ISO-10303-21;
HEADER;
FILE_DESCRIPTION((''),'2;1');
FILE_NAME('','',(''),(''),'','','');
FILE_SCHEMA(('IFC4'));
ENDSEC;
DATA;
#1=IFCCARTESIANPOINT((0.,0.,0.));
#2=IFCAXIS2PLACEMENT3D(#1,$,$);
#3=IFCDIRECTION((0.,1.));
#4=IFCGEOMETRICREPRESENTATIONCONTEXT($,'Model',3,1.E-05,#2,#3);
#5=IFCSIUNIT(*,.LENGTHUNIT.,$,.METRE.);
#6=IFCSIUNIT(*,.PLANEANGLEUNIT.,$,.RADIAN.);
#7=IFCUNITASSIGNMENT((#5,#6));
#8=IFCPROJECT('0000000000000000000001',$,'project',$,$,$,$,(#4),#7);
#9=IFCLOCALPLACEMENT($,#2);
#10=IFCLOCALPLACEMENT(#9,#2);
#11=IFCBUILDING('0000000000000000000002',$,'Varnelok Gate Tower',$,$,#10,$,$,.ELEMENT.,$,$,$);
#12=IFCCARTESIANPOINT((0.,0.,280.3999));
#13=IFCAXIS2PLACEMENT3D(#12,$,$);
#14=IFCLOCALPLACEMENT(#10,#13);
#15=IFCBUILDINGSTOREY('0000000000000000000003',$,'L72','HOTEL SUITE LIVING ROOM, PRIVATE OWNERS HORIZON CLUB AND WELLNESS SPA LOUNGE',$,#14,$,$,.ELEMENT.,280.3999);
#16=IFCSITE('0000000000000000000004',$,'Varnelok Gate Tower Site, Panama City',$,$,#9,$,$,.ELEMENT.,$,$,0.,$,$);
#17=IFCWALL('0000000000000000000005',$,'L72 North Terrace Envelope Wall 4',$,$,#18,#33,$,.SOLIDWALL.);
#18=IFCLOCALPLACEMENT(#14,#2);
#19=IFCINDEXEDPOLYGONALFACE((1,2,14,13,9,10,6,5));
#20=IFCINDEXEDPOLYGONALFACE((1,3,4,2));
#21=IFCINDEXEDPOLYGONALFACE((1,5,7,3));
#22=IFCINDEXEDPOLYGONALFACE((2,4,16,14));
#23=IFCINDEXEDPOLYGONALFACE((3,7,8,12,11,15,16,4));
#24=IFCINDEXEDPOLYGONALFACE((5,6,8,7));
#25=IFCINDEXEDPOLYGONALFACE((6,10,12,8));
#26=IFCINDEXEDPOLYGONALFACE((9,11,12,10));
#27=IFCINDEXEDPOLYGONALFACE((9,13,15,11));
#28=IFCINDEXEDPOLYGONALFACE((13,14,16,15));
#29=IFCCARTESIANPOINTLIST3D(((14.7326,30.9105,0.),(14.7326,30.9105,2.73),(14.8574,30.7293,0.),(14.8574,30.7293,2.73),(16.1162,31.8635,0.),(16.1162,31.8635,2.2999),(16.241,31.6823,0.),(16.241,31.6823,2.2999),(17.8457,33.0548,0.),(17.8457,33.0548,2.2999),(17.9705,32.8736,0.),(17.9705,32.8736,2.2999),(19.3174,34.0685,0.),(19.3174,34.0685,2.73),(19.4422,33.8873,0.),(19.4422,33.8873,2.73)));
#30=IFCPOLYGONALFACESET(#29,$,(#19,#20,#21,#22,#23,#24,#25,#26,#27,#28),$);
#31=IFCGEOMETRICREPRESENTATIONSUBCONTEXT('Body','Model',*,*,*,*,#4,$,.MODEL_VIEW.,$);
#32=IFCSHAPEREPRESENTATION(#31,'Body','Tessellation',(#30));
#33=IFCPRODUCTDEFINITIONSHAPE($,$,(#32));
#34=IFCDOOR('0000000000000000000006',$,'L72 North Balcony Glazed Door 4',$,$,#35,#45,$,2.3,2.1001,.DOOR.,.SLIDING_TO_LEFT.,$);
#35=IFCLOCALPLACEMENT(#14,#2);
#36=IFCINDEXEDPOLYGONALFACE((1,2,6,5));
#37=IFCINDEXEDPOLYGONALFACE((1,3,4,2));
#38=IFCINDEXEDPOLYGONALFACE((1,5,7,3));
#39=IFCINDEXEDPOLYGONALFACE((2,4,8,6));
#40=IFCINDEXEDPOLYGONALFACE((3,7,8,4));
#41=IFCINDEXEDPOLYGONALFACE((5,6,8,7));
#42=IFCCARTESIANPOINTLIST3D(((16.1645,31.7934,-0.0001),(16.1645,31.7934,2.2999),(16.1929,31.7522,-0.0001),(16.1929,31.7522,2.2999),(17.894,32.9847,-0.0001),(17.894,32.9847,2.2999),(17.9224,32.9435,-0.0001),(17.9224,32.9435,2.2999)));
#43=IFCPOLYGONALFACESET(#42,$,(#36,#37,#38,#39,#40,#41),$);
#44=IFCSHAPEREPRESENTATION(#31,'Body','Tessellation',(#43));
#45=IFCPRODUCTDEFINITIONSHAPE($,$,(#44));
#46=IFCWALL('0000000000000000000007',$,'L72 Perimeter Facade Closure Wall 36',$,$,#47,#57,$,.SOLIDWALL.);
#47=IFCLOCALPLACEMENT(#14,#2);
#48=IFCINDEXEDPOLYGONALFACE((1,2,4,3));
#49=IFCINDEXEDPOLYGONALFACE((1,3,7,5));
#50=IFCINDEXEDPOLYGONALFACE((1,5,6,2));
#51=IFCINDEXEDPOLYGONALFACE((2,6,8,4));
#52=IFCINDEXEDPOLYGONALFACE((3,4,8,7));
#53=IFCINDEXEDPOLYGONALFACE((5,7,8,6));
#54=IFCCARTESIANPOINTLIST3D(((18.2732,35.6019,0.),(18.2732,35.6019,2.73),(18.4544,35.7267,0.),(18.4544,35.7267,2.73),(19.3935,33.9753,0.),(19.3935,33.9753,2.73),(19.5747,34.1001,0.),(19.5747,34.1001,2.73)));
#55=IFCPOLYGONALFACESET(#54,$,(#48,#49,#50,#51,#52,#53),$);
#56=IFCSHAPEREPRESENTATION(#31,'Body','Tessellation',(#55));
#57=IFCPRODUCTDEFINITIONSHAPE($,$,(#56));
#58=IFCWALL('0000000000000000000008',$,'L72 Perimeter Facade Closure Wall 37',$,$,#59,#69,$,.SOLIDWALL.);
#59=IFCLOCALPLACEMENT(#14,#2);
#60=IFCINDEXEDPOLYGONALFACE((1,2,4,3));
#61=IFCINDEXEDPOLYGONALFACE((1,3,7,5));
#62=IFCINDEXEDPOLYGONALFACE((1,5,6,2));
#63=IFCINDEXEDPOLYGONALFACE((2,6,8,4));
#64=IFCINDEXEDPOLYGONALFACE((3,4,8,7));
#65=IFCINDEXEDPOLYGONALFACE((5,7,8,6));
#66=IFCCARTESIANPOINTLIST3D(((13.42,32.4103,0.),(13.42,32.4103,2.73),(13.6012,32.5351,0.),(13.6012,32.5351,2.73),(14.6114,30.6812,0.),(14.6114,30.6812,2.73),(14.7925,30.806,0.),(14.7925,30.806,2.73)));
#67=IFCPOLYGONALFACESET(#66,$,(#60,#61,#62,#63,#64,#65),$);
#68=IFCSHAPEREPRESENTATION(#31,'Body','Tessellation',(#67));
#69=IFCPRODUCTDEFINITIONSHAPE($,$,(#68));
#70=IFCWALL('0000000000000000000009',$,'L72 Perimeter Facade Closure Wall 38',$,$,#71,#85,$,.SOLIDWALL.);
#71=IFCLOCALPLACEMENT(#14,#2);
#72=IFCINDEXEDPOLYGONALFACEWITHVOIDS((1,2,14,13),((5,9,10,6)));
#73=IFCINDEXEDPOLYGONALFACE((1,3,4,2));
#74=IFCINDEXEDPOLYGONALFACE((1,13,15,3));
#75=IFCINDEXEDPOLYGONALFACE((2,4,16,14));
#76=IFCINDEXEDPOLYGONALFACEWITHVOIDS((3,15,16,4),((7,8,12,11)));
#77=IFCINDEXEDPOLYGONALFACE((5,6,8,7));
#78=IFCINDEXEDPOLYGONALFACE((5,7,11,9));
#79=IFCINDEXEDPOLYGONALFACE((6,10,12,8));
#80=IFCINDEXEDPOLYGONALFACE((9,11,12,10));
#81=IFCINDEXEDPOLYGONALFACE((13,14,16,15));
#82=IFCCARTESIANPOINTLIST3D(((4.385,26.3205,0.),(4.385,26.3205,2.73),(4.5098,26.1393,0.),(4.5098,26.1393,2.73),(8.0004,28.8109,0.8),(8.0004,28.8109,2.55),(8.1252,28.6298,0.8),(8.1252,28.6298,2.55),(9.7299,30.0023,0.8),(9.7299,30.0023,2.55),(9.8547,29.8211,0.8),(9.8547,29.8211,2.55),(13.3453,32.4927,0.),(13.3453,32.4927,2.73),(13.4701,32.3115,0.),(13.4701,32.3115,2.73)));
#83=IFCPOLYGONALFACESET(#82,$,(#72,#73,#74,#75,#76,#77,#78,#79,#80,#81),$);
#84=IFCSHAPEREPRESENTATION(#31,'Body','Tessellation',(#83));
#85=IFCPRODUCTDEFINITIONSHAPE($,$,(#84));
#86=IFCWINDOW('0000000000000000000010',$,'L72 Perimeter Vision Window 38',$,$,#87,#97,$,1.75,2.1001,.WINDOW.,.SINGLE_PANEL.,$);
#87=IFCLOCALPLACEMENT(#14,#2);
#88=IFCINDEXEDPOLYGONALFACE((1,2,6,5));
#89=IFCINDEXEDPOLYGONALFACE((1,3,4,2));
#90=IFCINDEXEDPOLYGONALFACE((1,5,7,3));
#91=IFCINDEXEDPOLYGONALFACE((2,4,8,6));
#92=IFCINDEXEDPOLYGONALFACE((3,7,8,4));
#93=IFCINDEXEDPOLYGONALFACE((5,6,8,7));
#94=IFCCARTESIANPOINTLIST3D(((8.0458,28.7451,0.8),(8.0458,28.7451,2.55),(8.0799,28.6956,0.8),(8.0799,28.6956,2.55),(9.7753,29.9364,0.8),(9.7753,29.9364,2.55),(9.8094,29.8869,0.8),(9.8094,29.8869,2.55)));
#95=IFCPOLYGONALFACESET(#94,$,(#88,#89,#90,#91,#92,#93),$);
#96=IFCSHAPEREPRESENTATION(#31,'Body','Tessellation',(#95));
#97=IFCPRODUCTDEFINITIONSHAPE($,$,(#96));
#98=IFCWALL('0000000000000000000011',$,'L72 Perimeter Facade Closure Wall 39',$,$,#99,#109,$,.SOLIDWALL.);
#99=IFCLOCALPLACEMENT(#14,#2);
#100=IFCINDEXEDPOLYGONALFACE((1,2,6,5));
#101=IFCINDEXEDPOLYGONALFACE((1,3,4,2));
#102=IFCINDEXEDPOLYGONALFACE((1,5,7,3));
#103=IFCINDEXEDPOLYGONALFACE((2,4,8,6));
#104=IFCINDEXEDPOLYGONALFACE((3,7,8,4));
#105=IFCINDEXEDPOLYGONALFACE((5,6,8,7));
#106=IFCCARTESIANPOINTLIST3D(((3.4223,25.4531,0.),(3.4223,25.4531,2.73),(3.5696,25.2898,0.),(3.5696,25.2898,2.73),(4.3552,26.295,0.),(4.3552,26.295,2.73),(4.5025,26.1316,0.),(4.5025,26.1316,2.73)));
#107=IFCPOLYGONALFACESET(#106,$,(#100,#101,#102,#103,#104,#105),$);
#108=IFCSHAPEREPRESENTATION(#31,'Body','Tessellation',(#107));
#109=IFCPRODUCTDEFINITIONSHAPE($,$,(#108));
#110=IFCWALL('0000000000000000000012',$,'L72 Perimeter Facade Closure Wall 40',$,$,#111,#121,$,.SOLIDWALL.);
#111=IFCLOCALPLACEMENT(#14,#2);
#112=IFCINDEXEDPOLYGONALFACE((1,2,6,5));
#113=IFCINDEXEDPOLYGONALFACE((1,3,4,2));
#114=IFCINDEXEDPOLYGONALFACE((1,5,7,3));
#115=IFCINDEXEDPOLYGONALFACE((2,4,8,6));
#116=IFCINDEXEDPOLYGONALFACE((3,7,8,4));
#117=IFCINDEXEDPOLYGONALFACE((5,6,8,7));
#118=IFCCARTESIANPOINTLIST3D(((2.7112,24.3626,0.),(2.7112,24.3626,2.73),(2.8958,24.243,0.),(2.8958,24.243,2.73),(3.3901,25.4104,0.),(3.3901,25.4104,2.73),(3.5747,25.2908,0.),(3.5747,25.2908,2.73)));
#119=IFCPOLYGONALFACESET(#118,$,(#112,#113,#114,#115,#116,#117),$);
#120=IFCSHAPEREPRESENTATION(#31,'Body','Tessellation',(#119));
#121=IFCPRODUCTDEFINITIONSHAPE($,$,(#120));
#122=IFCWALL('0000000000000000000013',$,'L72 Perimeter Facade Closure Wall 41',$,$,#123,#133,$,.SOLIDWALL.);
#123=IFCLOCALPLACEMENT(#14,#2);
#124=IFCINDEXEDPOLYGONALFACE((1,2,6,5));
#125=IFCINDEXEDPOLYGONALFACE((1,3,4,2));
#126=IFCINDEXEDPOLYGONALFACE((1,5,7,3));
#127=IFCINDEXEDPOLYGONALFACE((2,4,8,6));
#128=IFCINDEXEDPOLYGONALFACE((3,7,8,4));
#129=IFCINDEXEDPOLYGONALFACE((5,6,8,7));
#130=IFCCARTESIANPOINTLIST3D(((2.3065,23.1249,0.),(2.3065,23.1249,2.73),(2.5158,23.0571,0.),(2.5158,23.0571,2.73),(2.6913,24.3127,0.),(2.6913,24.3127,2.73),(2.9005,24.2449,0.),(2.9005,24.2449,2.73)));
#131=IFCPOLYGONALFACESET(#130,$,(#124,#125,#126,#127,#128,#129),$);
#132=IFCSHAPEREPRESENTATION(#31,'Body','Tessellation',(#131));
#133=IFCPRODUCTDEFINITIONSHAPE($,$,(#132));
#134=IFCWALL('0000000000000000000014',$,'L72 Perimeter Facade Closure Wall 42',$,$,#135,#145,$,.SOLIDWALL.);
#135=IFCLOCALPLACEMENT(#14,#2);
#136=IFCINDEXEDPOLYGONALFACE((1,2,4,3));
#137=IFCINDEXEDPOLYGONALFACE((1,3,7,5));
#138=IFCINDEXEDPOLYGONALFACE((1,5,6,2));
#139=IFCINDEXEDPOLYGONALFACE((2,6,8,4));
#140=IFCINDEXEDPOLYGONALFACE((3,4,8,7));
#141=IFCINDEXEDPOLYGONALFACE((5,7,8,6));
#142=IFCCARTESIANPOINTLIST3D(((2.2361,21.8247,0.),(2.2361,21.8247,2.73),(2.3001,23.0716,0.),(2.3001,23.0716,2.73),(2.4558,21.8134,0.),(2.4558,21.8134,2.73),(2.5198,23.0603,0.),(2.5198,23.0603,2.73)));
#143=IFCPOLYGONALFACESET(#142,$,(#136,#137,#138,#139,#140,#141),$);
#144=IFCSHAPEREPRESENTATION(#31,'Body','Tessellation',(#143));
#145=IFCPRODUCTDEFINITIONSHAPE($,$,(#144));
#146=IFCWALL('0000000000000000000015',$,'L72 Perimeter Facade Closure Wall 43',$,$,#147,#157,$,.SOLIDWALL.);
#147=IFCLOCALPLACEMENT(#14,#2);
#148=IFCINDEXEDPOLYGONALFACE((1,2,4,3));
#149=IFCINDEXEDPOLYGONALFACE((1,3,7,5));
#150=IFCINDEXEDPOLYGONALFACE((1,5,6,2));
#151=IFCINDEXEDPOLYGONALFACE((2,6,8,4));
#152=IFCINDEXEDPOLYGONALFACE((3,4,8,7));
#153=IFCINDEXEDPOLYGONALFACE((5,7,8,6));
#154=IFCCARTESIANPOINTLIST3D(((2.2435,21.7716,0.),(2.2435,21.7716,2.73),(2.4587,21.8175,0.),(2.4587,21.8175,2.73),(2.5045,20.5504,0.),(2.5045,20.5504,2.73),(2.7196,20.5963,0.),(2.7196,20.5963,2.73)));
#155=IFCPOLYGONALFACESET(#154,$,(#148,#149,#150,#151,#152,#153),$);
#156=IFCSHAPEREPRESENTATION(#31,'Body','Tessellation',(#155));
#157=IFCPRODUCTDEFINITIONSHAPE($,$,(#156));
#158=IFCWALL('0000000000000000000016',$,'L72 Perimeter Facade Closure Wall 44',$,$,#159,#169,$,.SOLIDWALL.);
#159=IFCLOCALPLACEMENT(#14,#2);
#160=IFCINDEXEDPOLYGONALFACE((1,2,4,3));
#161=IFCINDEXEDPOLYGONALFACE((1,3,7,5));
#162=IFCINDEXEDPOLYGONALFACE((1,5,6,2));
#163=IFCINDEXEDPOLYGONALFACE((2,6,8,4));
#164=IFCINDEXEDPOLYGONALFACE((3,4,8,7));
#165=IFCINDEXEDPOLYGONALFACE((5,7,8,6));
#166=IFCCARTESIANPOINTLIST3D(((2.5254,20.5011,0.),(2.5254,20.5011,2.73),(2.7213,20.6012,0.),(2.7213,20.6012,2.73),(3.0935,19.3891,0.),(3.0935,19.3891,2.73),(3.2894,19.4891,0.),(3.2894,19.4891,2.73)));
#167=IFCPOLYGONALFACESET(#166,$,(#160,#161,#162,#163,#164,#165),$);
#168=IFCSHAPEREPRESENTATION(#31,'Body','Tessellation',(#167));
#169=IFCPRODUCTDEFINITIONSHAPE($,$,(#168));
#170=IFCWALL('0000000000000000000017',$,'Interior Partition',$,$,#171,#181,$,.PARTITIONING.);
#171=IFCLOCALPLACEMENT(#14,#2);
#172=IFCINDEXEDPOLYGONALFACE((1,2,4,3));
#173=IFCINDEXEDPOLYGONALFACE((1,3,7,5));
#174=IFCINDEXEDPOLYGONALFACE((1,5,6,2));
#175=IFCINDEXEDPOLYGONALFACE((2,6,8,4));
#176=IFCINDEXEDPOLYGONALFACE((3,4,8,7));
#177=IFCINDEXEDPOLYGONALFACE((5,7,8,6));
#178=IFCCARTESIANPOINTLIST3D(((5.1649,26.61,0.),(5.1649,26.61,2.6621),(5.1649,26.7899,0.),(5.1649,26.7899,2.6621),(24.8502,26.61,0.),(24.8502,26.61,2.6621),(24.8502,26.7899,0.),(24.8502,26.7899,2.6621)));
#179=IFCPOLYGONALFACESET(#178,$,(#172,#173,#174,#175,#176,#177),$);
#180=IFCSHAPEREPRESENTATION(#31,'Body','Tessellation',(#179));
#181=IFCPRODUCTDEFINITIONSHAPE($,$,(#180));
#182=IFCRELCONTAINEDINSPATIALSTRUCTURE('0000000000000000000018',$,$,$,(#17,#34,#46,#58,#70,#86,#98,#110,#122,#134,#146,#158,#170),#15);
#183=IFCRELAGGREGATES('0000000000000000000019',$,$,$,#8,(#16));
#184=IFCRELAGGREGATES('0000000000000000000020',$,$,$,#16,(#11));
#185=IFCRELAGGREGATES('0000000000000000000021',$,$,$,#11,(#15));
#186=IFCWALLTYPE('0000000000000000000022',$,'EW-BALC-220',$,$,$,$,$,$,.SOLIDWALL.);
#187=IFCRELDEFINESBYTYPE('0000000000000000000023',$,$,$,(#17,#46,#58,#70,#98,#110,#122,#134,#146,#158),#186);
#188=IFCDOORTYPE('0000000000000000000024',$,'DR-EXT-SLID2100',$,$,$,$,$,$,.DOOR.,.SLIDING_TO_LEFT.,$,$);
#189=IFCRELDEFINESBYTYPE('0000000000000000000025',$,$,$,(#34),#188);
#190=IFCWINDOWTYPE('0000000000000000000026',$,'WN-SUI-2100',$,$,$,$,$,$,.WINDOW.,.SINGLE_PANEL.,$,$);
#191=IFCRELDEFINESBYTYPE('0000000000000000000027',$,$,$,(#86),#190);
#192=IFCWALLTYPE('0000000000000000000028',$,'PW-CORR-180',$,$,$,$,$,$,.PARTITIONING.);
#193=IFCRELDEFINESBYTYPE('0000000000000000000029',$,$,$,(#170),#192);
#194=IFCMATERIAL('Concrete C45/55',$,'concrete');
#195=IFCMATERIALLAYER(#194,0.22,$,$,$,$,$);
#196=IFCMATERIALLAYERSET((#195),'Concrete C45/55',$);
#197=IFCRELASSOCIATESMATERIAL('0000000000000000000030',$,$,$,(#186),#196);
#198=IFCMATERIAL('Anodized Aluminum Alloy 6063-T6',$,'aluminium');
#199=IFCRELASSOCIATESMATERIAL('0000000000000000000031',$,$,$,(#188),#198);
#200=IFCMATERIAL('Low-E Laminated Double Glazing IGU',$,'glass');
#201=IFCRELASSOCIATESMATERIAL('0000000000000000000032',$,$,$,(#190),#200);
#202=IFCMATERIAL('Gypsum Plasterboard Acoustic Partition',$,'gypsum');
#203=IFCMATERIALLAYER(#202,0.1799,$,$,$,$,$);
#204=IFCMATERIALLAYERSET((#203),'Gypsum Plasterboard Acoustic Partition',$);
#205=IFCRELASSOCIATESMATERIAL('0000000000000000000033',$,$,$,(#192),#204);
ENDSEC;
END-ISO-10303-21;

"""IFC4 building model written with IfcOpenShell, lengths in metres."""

from ifc_helpers import new_model, si_unit, direction, frame, frame_2d, origin, place, context, subcontext, project, spatial, rectangle, extrude, material, layer, layer_set, type_object, element, fill, save


model = new_model("IFC4")

# Units and contexts
model_context = context("Model", 3, precision=1e-05, world=origin(), true_north=direction((0.0, 1.0)))
body_context = subcontext(model_context, "Body", "Model", "MODEL_VIEW")
ifc_project = project(units=[si_unit("LENGTHUNIT", "METRE"), si_unit("PLANEANGLEUNIT", "RADIAN")], contexts=[model_context])

# Site, building, storey
site_placement = place(None, origin())
site = spatial("IfcSite", under=ifc_project, at=site_placement, Name="Varnelok Gate Tower Site, Panama City", CompositionType="ELEMENT", RefElevation=0.0)
building_placement = place(site_placement, origin())
building = spatial("IfcBuilding", under=site, at=building_placement, Name="Varnelok Gate Tower", CompositionType="ELEMENT")
storey_placement = place(building_placement, frame((0.0, 0.0, 280.3999)))
storey = spatial("IfcBuildingStorey", under=building, at=storey_placement, Name="L72", Description="HOTEL SUITE LIVING ROOM, PRIVATE OWNERS HORIZON CLUB AND WELLNESS SPA LOUNGE", CompositionType="ELEMENT", Elevation=280.3999)

# Shared definitions
ifc_material_1 = material(Name="Anodized Aluminum Alloy 6063-T6", Category="aluminium")

# Wall, opening, door
ifc_material_2 = material(Name="Concrete C45/55", Category="concrete")
ifc_layer_1 = layer(ifc_material_2, 0.22)
ifc_layer_set_1 = layer_set([ifc_layer_1], Name="Concrete C45/55")
wall_type_1 = type_object("IfcWallType", Name="EW-BALC-220", PredefinedType="SOLIDWALL", material=ifc_layer_set_1)
wall_1_placement = place(storey_placement, frame((14.7949, 30.8198, 0.0), z_axis=(0.0, 0.0, 1.0), x_axis=(0.823541, 0.567256, 0.0)))
wall_1 = element("IfcWall", 1, at=wall_1_placement, inside=storey, type_object=wall_type_1, Name="L72 North Terrace Envelope Wall 4", PredefinedType="SOLIDWALL", context=body_context, shape_type="SweptSolid", body=[
    extrude(rectangle(XDim=5.5671, YDim=0.22, at=frame_2d((2.7837, 0.0))), origin(), (0.0, 0.0, 1.0), 2.73),
])
opening_1_placement = place(wall_1_placement, frame((1.6802, 0.0, 0.0)))
opening_1 = element("IfcOpeningElement", 2, at=opening_1_placement, cuts=wall_1, PredefinedType="OPENING", context=body_context, shape_type="SweptSolid", body=[
    extrude(rectangle(XDim=2.1001, YDim=2.3, at=frame_2d((1.05, 1.1499))), frame((0.0, 0.1199, 0.0), z_axis=(0.0, -1.0, 0.0), x_axis=(1.0, 0.0, 0.0)), (0.0, 0.0, 1.0), 0.24),
])
door_type = type_object("IfcDoorType", Name="DR-EXT-SLID2100", OperationType="SLIDING_TO_LEFT", PredefinedType="DOOR", material=ifc_material_1)
door_placement = place(opening_1_placement, origin())
door = element("IfcDoor", 3, at=door_placement, inside=storey, type_object=door_type, Name="L72 North Balcony Glazed Door 4", OperationType="SLIDING_TO_LEFT", OverallHeight=2.3, OverallWidth=2.1001, PredefinedType="DOOR", context=body_context, shape_type="SweptSolid", body=[
    extrude(rectangle(XDim=2.1001, YDim=2.3, at=frame_2d((1.05, 1.1499))), frame((0.0, 0.0249, 0.0), z_axis=(0.0, -1.0, 0.0), x_axis=(1.0, 0.0, 0.0)), (0.0, 0.0, 1.0), 0.05),
])
fill(opening_1, door)

# Walls
wall_2_placement = place(storey_placement, frame((18.3638, 35.6643, 0.0), z_axis=(0.0, 0.0, 1.0), x_axis=(0.567216, -0.823569, 0.0)))
element("IfcWall", 4, at=wall_2_placement, inside=storey, type_object=wall_type_1, Name="L72 Perimeter Facade Closure Wall 36", PredefinedType="SOLIDWALL", context=body_context, shape_type="SweptSolid", body=[
    extrude(rectangle(XDim=1.9751, YDim=0.22, at=frame_2d((0.9875, 0.0))), origin(), (0.0, 0.0, 1.0), 2.73),
])
wall_3_placement = place(storey_placement, frame((14.7019, 30.7437, 0.0), z_axis=(0.0, 0.0, 1.0), x_axis=(-0.567353, 0.823475, 0.0)))
element("IfcWall", 5, at=wall_3_placement, inside=storey, type_object=wall_type_1, Name="L72 Perimeter Facade Closure Wall 37", PredefinedType="SOLIDWALL", context=body_context, shape_type="SweptSolid", body=[
    extrude(rectangle(XDim=2.0999, YDim=0.22, at=frame_2d((1.0498, 0.0))), origin(), (0.0, 0.0, 1.0), 2.73),
])

# Wall, opening, window
wall_4_placement = place(storey_placement, frame((13.4077, 32.4021, 0.0), z_axis=(0.0, 0.0, 1.0), x_axis=(-0.823528, -0.567276, 0.0)))
wall_4 = element("IfcWall", 6, at=wall_4_placement, inside=storey, type_object=wall_type_1, Name="L72 Perimeter Facade Closure Wall 38", PredefinedType="SOLIDWALL", context=body_context, shape_type="SweptSolid", body=[
    extrude(rectangle(XDim=10.8804, YDim=0.22, at=frame_2d((5.4402, 0.0))), origin(), (0.0, 0.0, 1.0), 2.73),
])
opening_2_placement = place(wall_4_placement, frame((4.3901, 0.0, 0.8)))
opening_2 = element("IfcOpeningElement", 7, at=opening_2_placement, cuts=wall_4, PredefinedType="OPENING", context=body_context, shape_type="SweptSolid", body=[
    extrude(rectangle(XDim=2.1001, YDim=1.75, at=frame_2d((1.05, 0.875))), frame((0.0, 0.1199, 0.0), z_axis=(0.0, -1.0, 0.0), x_axis=(1.0, 0.0, 0.0)), (0.0, 0.0, 1.0), 0.24),
])
ifc_material_3 = material(Name="Low-E Laminated Double Glazing IGU", Category="glass")
window_type = type_object("IfcWindowType", Name="WN-SUI-2100", PartitioningType="SINGLE_PANEL", PredefinedType="WINDOW", material=ifc_material_3)
window_placement = place(opening_2_placement, origin())
window = element("IfcWindow", 8, at=window_placement, inside=storey, type_object=window_type, Name="L72 Perimeter Vision Window 38", OverallHeight=1.75, OverallWidth=2.1001, PartitioningType="SINGLE_PANEL", PredefinedType="WINDOW", context=body_context, shape_type="SweptSolid", body=[
    extrude(rectangle(XDim=2.1001, YDim=1.75, at=frame_2d((1.05, 0.875))), frame((0.0, 0.03, 0.0), z_axis=(0.0, -1.0, 0.0), x_axis=(1.0, 0.0, 0.0)), (0.0, 0.0, 1.0), 0.0601),
])
fill(opening_2, window)

# Walls
wall_5_placement = place(storey_placement, frame((4.429, 26.2134, 0.0), z_axis=(0.0, 0.0, 1.0), x_axis=(-0.742414, -0.669941, 0.0)))
element("IfcWall", 9, at=wall_5_placement, inside=storey, type_object=wall_type_1, Name="L72 Perimeter Facade Closure Wall 39", PredefinedType="SOLIDWALL", context=body_context, shape_type="SweptSolid", body=[
    extrude(rectangle(XDim=1.2566, YDim=0.22, at=frame_2d((0.6284, 0.0))), origin(), (0.0, 0.0, 1.0), 2.73),
])
for number, where, z_axis, x_axis, name in (
    (10, (3.4824, 25.3506, 0.0), (0.0, 0.0, 1.0), (-0.543778, -0.839229, 0.0), "L72 Perimeter Facade Closure Wall 40"),
    (11, (2.7959, 24.2788, 0.0), (0.0, 0.0, 1.0), (-0.30818, -0.951328, 0.0), "L72 Perimeter Facade Closure Wall 41"),
    (12, (2.4099, 23.0659, 0.0), (0.0, 0.0, 1.0), (-0.051235, -0.998687, 0.0), "L72 Perimeter Facade Closure Wall 42"),
):
    element("IfcWall", number, at=place(storey_placement, frame(where, z_axis=z_axis, x_axis=x_axis)), inside=storey, type_object=wall_type_1, Name=name, PredefinedType="SOLIDWALL", context=body_context, shape_type="SweptSolid", body=[
        extrude(rectangle(XDim=1.2485, YDim=0.22, at=frame_2d((0.6243, 0.0))), origin(), (0.0, 0.0, 1.0), 2.73),
    ])
for number, where, z_axis, x_axis, name in (
    (13, (2.3511, 21.7947, 0.0), (0.0, 0.0, 1.0), (0.208995, -0.977917, 0.0), "L72 Perimeter Facade Closure Wall 43"),
    (14, (2.6233, 20.5513, 0.0), (0.0, 0.0, 1.0), (0.454939, -0.890523, 0.0), "L72 Perimeter Facade Closure Wall 44"),
):
    element("IfcWall", number, at=place(storey_placement, frame(where, z_axis=z_axis, x_axis=x_axis)), inside=storey, type_object=wall_type_1, Name=name, PredefinedType="SOLIDWALL", context=body_context, shape_type="SweptSolid", body=[
        extrude(rectangle(XDim=1.2488, YDim=0.22, at=frame_2d((0.6245, 0.0))), origin(), (0.0, 0.0, 1.0), 2.73),
    ])
ifc_material_4 = material(Name="Gypsum Plasterboard Acoustic Partition", Category="gypsum")
ifc_layer_2 = layer(ifc_material_4, 0.1799)
ifc_layer_set_2 = layer_set([ifc_layer_2], Name="Gypsum Plasterboard Acoustic Partition")
wall_type_2 = type_object("IfcWallType", Name="PW-CORR-180", PredefinedType="PARTITIONING", material=ifc_layer_set_2)
wall_6_placement = place(storey_placement, frame((5.1648, 26.7, 0.0), z_axis=(0.0, 0.0, 1.0), x_axis=(1.0, 0.0, 0.0)))
element("IfcWall", 15, at=wall_6_placement, inside=storey, type_object=wall_type_2, Name="Interior Partition", PredefinedType="PARTITIONING", context=body_context, shape_type="SweptSolid", body=[
    extrude(rectangle(XDim=19.6853, YDim=0.1799, at=frame_2d((9.8428, 0.0))), origin(), (0.0, 0.0, 1.0), 2.6621),
])

save(model, "model.ifc")
